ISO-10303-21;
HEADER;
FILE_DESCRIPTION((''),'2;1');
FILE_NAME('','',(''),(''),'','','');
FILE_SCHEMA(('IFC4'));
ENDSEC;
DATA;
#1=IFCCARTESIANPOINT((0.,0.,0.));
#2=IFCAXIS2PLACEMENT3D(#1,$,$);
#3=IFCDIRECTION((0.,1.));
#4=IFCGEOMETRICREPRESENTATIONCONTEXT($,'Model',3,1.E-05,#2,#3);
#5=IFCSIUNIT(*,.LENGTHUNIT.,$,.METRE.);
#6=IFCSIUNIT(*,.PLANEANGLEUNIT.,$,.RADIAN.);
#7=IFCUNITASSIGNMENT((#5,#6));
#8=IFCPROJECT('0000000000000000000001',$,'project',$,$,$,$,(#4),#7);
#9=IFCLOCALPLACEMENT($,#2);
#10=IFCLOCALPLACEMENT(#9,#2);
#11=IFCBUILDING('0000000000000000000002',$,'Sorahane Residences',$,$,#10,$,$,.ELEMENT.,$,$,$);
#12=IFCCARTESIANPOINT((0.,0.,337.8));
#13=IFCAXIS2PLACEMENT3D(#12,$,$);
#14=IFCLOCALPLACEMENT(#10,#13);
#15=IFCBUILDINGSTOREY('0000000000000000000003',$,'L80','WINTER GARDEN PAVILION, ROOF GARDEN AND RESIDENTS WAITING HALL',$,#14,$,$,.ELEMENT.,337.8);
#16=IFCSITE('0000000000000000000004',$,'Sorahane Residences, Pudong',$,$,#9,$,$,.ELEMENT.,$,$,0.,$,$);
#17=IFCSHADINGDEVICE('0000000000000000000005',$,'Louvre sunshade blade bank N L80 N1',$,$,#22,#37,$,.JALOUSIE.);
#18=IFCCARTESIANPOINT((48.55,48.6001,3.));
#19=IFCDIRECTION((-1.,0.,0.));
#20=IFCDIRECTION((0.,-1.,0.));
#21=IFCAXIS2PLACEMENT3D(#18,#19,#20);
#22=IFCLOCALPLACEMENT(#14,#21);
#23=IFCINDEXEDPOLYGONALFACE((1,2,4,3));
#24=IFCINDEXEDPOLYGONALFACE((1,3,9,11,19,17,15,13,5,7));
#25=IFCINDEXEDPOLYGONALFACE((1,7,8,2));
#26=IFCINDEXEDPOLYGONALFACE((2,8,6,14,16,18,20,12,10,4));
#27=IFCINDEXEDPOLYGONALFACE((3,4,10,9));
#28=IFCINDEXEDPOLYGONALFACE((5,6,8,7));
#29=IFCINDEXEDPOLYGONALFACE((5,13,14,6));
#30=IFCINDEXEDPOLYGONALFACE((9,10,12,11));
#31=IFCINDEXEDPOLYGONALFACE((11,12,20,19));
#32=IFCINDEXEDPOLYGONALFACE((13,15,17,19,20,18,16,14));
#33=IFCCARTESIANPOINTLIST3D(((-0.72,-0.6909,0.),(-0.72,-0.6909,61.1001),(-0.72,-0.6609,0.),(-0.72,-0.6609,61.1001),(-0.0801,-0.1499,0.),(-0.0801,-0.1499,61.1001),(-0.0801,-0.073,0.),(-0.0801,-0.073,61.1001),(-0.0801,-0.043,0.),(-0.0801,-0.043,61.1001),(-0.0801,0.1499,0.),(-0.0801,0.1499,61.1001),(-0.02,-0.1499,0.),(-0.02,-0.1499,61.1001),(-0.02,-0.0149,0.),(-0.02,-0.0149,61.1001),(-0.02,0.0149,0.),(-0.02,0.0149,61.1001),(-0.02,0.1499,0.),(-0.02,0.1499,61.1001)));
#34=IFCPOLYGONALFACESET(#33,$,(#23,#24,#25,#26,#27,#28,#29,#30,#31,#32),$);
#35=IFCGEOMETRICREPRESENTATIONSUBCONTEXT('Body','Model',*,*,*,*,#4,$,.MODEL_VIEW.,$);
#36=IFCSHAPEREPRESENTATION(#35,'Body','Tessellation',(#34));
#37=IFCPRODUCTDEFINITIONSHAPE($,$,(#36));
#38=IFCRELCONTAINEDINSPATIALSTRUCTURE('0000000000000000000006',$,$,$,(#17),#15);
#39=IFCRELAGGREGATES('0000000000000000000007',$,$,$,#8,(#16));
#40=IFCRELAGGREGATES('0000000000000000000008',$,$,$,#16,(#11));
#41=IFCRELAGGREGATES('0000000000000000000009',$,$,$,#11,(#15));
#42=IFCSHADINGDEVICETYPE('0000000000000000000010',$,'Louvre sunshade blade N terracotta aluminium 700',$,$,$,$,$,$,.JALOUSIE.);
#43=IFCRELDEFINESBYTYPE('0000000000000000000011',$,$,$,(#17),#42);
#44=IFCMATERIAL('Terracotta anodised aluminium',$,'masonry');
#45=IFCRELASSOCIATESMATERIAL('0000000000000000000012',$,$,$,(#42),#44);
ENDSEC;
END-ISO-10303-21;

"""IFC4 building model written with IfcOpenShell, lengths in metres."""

from ifc_helpers import new_model, si_unit, direction, frame, origin, place, context, subcontext, project, spatial, polyline, outline, extrude, material, type_object, element, save


model = new_model("IFC4")

# Units and contexts
model_context = context("Model", 3, precision=1e-05, world=origin(), true_north=direction((0.0, 1.0)))
body_context = subcontext(model_context, "Body", "Model", "MODEL_VIEW")
ifc_project = project(units=[si_unit("LENGTHUNIT", "METRE"), si_unit("PLANEANGLEUNIT", "RADIAN")], contexts=[model_context])

# Site, building, storey
site_placement = place(None, origin())
site = spatial("IfcSite", under=ifc_project, at=site_placement, Name="Sorahane Residences, Pudong", CompositionType="ELEMENT", RefElevation=0.0)
building_placement = place(site_placement, origin())
building = spatial("IfcBuilding", under=site, at=building_placement, Name="Sorahane Residences", CompositionType="ELEMENT")
storey_placement = place(building_placement, frame((0.0, 0.0, 337.8)))
storey = spatial("IfcBuildingStorey", under=building, at=storey_placement, Name="L80", Description="WINTER GARDEN PAVILION, ROOF GARDEN AND RESIDENTS WAITING HALL", CompositionType="ELEMENT", Elevation=337.8)

# Shading device
ifc_material_1 = material(Name="Terracotta anodised aluminium", Category="masonry")
shading_device_type = type_object("IfcShadingDeviceType", Name="Louvre sunshade blade N terracotta aluminium 700", PredefinedType="JALOUSIE", material=ifc_material_1)
shading_device_placement = place(storey_placement, frame((48.55, 48.6001, 3.0), z_axis=(-1.0, 0.0, 0.0), x_axis=(0.0, -1.0, 0.0)))
element("IfcShadingDevice", 1, at=shading_device_placement, inside=storey, type_object=shading_device_type, Name="Louvre sunshade blade bank N L80 N1", PredefinedType="JALOUSIE", context=body_context, shape_type="SweptSolid", body=[
    extrude(outline(polyline([(-0.72, -0.6609), (-0.72, -0.6909), (-0.0801, -0.073), (-0.0801, -0.1499), (-0.02, -0.1499), (-0.02, -0.0149), (-0.02, 0.0149), (-0.02, 0.1499), (-0.0801, 0.1499), (-0.0801, -0.043), (-0.72, -0.6609)])), origin(), (0.0, 0.0, 1.0), 61.1001),
])

save(model, "model.ifc")
